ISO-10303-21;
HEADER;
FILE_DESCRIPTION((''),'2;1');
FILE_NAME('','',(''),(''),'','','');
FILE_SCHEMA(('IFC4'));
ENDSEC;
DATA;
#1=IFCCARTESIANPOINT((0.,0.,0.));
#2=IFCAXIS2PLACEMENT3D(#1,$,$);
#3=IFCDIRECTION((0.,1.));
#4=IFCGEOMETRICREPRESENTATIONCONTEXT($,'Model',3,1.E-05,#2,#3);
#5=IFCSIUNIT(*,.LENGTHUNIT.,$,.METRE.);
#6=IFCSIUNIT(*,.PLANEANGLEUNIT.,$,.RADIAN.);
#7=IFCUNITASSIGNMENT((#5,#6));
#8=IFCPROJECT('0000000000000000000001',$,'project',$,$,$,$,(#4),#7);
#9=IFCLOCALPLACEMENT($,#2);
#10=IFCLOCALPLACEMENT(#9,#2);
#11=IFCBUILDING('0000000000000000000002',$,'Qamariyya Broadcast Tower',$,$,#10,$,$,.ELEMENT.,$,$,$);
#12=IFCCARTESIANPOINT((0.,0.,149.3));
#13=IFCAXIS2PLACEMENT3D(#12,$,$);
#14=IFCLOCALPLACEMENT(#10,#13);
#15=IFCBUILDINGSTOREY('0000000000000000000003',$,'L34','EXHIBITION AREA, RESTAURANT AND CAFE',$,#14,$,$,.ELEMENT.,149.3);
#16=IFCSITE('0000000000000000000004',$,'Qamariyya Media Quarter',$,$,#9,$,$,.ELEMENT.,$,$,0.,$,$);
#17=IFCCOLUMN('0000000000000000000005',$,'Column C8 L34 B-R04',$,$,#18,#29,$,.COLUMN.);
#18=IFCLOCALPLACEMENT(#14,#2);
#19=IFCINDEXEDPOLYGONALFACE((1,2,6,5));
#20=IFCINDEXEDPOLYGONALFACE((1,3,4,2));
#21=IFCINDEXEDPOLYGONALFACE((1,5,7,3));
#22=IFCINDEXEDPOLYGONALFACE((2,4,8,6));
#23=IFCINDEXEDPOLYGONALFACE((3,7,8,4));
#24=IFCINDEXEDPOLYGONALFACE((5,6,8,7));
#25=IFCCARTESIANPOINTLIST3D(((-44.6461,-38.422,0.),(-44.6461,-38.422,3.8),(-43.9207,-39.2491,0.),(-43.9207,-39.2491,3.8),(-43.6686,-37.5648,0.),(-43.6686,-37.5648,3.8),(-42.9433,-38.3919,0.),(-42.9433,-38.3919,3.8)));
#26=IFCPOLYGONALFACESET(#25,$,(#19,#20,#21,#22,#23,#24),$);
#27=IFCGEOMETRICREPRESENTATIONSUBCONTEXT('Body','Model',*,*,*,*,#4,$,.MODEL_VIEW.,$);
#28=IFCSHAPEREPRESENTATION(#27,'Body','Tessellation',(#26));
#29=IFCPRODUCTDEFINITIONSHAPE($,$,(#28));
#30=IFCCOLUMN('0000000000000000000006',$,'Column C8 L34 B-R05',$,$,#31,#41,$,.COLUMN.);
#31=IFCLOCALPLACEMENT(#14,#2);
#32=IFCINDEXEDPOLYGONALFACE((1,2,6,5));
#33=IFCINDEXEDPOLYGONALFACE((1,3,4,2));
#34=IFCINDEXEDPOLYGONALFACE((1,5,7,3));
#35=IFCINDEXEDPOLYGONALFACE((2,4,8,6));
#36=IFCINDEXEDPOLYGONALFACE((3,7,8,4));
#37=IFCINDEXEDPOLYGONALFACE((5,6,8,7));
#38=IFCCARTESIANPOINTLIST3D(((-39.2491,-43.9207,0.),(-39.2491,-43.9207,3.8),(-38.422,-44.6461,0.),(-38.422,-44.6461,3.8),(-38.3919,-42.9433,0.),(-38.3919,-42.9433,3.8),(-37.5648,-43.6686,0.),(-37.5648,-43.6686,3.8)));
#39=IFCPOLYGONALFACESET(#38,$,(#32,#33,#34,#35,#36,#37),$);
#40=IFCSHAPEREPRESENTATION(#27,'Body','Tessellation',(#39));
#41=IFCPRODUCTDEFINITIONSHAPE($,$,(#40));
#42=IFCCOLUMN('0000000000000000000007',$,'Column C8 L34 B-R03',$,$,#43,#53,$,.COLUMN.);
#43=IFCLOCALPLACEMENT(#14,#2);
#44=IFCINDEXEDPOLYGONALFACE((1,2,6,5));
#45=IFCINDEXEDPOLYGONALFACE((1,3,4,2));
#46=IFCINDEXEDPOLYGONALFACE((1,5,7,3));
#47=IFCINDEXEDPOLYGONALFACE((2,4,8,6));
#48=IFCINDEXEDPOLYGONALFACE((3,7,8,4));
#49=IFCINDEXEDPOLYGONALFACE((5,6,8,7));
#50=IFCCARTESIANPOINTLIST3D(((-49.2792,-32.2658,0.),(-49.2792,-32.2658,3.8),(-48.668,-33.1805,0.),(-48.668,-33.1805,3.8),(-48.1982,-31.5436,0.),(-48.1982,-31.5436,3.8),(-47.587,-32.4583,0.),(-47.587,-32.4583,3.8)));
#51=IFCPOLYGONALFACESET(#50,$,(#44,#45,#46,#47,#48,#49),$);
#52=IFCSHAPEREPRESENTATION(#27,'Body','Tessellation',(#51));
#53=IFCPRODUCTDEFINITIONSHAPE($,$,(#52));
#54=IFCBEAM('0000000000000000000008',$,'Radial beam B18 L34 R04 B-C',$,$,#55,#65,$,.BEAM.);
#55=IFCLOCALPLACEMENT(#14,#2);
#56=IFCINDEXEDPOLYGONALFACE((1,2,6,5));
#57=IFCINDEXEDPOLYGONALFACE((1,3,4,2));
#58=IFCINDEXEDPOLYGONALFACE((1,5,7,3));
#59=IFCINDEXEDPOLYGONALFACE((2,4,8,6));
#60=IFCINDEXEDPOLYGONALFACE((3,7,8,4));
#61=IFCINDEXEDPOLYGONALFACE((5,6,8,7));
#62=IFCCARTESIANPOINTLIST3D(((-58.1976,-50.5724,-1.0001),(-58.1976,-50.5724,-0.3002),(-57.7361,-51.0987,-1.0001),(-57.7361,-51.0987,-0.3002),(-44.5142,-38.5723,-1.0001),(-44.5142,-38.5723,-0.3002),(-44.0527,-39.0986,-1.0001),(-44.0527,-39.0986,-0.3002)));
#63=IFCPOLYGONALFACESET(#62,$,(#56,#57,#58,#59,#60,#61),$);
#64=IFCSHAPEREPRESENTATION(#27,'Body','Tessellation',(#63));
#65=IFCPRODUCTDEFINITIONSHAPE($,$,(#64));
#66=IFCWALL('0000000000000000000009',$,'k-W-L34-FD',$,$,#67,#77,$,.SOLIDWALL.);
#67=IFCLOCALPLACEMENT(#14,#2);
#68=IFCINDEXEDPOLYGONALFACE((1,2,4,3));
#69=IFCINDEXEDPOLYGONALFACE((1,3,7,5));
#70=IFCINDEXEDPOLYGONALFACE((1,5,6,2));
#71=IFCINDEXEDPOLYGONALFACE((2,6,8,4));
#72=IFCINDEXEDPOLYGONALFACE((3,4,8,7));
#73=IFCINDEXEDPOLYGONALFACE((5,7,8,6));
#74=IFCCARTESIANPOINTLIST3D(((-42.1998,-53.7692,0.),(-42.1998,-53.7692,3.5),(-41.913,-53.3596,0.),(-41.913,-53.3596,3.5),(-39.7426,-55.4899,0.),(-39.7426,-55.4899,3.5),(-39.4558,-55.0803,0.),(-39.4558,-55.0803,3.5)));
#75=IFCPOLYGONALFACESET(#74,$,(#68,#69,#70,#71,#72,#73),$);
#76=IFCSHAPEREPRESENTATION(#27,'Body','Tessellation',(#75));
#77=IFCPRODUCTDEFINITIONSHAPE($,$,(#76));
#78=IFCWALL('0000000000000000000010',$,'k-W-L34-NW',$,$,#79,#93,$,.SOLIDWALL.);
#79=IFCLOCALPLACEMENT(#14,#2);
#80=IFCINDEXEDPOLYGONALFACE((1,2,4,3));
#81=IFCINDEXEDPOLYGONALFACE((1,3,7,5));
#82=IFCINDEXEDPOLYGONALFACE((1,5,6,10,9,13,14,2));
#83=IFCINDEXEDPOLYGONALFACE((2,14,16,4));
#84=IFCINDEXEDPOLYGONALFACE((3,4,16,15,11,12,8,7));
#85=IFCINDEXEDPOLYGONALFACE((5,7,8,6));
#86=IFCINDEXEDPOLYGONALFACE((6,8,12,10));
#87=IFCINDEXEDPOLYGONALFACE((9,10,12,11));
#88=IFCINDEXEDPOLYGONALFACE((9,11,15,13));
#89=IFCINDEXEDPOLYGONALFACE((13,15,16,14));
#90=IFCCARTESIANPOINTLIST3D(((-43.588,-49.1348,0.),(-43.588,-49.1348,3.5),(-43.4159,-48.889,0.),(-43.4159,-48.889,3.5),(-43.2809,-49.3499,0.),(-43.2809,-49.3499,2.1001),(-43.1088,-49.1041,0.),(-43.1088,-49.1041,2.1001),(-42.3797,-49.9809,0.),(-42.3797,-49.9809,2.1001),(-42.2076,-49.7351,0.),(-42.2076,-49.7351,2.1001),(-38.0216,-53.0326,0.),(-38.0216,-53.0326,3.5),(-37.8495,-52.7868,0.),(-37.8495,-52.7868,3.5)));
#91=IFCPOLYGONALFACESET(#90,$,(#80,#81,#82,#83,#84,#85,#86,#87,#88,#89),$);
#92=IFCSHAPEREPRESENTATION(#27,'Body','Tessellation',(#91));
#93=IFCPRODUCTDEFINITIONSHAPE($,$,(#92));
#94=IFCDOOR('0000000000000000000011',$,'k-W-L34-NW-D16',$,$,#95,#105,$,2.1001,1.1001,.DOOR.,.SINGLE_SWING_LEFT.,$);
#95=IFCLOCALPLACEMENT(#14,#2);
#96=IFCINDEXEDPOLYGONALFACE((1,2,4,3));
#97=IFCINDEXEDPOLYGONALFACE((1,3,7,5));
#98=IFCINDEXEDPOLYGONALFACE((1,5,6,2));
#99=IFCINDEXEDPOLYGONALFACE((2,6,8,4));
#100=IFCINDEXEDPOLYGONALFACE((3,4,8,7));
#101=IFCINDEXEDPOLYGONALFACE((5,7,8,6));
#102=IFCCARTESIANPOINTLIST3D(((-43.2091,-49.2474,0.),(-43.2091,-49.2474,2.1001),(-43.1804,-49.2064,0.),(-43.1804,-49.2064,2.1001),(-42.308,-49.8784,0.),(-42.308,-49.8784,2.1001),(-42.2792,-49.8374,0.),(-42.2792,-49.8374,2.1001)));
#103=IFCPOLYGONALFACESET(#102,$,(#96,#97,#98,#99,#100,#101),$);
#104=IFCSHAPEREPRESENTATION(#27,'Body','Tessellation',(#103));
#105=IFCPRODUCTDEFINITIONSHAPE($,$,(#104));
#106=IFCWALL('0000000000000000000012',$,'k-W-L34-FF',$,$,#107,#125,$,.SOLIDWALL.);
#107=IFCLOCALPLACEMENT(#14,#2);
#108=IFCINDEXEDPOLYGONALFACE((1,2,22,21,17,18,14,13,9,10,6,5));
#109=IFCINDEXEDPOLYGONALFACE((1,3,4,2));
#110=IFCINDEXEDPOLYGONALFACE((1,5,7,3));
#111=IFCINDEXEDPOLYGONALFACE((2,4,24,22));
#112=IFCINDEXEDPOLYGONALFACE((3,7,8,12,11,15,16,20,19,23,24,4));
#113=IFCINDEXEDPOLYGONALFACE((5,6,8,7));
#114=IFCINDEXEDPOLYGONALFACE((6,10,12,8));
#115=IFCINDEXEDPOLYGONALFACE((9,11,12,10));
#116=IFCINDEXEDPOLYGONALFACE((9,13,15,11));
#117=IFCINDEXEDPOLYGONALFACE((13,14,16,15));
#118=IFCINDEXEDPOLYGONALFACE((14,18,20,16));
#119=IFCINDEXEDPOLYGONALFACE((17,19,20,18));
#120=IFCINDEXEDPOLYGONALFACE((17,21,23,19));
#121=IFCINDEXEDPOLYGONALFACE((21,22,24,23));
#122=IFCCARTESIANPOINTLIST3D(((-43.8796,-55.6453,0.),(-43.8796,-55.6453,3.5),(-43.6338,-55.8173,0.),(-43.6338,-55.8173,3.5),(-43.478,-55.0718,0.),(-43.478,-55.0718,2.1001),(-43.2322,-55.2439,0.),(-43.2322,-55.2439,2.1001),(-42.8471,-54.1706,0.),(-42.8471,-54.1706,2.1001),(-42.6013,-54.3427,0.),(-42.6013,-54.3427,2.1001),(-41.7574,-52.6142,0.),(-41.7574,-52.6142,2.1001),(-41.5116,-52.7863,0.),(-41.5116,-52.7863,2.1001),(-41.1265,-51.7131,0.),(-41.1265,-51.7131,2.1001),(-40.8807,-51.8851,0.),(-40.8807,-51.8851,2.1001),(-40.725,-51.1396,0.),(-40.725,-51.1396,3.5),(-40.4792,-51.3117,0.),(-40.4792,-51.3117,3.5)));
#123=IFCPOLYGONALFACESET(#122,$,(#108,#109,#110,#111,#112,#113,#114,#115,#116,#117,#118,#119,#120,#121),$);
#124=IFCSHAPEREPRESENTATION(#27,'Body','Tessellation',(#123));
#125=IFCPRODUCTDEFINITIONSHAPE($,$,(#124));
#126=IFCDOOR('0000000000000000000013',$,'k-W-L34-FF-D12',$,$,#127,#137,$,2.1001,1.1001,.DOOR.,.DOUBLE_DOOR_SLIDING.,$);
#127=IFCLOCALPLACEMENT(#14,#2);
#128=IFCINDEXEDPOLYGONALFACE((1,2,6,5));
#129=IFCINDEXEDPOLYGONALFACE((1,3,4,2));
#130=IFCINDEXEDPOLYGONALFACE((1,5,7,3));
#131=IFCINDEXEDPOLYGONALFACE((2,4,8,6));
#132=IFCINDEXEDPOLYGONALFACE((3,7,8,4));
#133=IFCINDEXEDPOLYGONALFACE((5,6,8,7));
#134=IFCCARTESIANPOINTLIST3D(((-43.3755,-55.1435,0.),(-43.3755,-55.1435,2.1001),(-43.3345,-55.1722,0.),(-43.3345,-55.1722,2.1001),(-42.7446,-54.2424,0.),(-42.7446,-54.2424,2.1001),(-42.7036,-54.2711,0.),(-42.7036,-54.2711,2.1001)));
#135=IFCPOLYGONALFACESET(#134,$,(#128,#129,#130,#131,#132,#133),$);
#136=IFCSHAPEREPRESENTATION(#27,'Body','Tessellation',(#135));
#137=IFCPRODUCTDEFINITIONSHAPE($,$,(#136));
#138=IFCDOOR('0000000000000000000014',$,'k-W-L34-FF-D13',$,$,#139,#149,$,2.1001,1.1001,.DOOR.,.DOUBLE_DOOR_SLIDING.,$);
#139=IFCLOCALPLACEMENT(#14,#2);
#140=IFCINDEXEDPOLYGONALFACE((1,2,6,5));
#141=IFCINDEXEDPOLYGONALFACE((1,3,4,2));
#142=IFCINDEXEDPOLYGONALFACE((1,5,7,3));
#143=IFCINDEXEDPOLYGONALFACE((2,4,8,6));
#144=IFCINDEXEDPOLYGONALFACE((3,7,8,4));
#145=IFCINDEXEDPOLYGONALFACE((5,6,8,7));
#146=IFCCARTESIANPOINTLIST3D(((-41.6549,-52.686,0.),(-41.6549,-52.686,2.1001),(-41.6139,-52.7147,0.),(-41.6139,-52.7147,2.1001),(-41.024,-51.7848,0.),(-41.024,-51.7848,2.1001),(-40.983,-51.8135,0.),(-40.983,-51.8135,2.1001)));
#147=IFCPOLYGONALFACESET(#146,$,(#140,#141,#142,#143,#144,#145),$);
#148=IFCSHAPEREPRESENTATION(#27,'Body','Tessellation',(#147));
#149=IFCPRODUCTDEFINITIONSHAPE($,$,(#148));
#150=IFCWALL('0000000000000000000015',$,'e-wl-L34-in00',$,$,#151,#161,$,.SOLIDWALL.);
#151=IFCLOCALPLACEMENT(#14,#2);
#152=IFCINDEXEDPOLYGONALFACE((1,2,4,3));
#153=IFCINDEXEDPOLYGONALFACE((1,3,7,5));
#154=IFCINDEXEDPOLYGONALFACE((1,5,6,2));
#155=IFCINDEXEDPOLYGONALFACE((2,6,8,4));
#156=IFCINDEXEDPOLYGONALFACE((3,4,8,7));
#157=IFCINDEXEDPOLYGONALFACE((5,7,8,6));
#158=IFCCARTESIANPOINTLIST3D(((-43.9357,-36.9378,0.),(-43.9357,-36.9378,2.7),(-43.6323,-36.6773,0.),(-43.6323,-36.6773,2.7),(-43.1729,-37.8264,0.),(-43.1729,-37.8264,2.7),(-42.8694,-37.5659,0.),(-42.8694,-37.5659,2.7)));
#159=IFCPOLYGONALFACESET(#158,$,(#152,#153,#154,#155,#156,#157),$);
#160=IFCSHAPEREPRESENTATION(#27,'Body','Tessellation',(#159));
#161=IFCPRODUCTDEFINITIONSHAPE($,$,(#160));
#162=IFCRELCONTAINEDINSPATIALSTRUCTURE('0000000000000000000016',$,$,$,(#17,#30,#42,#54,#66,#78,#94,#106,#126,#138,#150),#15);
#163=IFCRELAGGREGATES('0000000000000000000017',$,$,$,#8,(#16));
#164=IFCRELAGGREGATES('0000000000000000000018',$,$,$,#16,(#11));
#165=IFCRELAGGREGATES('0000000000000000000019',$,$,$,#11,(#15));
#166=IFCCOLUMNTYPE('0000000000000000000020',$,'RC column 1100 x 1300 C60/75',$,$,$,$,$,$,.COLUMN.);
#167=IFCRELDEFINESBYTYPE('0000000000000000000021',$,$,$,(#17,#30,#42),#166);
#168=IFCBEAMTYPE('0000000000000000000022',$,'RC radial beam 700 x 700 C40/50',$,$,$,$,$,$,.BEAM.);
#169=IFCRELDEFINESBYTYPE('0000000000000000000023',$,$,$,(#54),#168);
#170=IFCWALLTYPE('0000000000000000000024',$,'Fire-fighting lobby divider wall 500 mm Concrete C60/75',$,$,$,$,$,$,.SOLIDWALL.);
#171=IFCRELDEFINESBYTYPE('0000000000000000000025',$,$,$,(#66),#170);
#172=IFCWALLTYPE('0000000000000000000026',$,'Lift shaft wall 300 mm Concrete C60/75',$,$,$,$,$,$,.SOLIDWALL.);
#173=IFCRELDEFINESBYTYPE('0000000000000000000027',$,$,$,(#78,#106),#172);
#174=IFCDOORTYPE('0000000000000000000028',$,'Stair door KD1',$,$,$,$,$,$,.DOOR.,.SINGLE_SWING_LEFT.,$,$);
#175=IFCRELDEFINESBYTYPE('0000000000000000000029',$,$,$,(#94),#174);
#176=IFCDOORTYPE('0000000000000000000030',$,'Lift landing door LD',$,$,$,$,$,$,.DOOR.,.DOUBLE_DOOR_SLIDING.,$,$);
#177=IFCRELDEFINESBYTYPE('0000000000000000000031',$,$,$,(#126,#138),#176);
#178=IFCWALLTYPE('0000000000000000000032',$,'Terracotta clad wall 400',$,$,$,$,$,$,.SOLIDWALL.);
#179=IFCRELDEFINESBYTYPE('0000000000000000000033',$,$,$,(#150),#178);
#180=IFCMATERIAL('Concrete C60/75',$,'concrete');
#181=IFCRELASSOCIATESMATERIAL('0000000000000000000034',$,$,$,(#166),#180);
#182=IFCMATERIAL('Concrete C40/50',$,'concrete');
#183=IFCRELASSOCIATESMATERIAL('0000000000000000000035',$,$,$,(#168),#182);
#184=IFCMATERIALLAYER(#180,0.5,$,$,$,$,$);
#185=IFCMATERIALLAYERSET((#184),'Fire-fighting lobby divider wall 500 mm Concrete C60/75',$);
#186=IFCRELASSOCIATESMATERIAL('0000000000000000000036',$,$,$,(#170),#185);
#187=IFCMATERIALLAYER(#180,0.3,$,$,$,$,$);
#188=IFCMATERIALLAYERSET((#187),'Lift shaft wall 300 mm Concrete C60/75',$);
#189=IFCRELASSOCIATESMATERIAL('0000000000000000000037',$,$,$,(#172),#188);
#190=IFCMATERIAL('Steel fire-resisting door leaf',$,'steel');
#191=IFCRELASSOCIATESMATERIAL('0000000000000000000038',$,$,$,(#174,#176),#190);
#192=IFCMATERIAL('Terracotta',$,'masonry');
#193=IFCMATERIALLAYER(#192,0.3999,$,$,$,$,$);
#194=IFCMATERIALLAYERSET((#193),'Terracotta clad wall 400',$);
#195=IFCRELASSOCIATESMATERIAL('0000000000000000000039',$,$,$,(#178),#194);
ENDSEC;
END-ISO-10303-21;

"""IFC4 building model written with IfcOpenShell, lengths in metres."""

from ifc_helpers import new_model, si_unit, direction, frame, frame_2d, origin, origin_2d, place, context, subcontext, project, spatial, rectangle, extrude, material, layer, layer_set, material_profile, profile_set, type_object, element, fill, save


model = new_model("IFC4")

# Units and contexts
model_context = context("Model", 3, precision=1e-05, world=origin(), true_north=direction((0.0, 1.0)))
body_context = subcontext(model_context, "Body", "Model", "MODEL_VIEW")
ifc_project = project(units=[si_unit("LENGTHUNIT", "METRE"), si_unit("PLANEANGLEUNIT", "RADIAN")], contexts=[model_context])

# Site, building, storey
site_placement = place(None, origin())
site = spatial("IfcSite", under=ifc_project, at=site_placement, Name="Qamariyya Media Quarter", CompositionType="ELEMENT", RefElevation=0.0)
building_placement = place(site_placement, origin())
building = spatial("IfcBuilding", under=site, at=building_placement, Name="Qamariyya Broadcast Tower", CompositionType="ELEMENT")
storey_placement = place(building_placement, frame((0.0, 0.0, 149.3)))
storey = spatial("IfcBuildingStorey", under=building, at=storey_placement, Name="L34", Description="EXHIBITION AREA, RESTAURANT AND CAFE", CompositionType="ELEMENT", Elevation=149.3)

# Columns
ifc_material_1 = material(Name="Concrete C60/75", Category="concrete")
ifc_material_profile_1 = material_profile(ifc_material_1, rectangle(XDim=1.1001, YDim=1.3, at=origin_2d()))
ifc_profile_set_1 = profile_set([ifc_material_profile_1], Name="Concrete C60/75")
column_type = type_object("IfcColumnType", Name="RC column 1100 x 1300 C60/75", PredefinedType="COLUMN", material=ifc_profile_set_1)
for number, where, z_axis, x_axis, name in (
    (1, (-43.7947, -38.407, 0.0), (0.0, 0.0, 1.0), (0.659346, -0.75184, 0.0), "Column C8 L34 B-R04"),
    (2, (-38.407, -43.7947, 0.0), (0.0, 0.0, 1.0), (0.75184, -0.659346, 0.0), "Column C8 L34 B-R05"),
    (3, (-48.4331, -32.3621, 0.0), (0.0, 0.0, 1.0), (0.55557, -0.83147, 0.0), "Column C8 L34 B-R03"),
):
    element("IfcColumn", number, at=place(storey_placement, frame(where, z_axis=z_axis, x_axis=x_axis)), inside=storey, type_object=column_type, Name=name, PredefinedType="COLUMN", context=body_context, shape_type="SweptSolid", body=[
        extrude(rectangle(XDim=1.1001, YDim=1.3, at=origin_2d()), origin(), (0.0, 0.0, 1.0), 3.8),
    ])

# Beam
ifc_material_2 = material(Name="Concrete C40/50", Category="concrete")
ifc_material_profile_2 = material_profile(ifc_material_2, rectangle(XDim=0.7, YDim=0.7, at=origin_2d()))
ifc_profile_set_2 = profile_set([ifc_material_profile_2], Name="Concrete C40/50")
beam_type = type_object("IfcBeamType", Name="RC radial beam 700 x 700 C40/50", PredefinedType="BEAM", material=ifc_profile_set_2)
beam_placement = place(storey_placement, frame((-44.2834, -38.8354, -0.6501), z_axis=(-0.751839, -0.659347, 0.0), x_axis=(0.659347, -0.751839, 0.0)))
element("IfcBeam", 4, at=beam_placement, inside=storey, type_object=beam_type, Name="Radial beam B18 L34 R04 B-C", PredefinedType="BEAM", context=body_context, shape_type="SweptSolid", body=[
    extrude(rectangle(XDim=0.7, YDim=0.7, at=origin_2d()), origin(), (0.0, 0.0, 1.0), 18.2),
])

# Wall
ifc_layer_1 = layer(ifc_material_1, 0.5)
ifc_layer_set_1 = layer_set([ifc_layer_1], Name="Fire-fighting lobby divider wall 500 mm Concrete C60/75")
wall_type_1 = type_object("IfcWallType", Name="Fire-fighting lobby divider wall 500 mm Concrete C60/75", PredefinedType="SOLIDWALL", material=ifc_layer_set_1)
wall_1_placement = place(storey_placement, frame((-39.5991, -55.2852, 0.0), z_axis=(0.0, 0.0, 1.0), x_axis=(-0.819136, 0.573599, 0.0)))
element("IfcWall", 5, at=wall_1_placement, inside=storey, type_object=wall_type_1, Name="k-W-L34-FD", PredefinedType="SOLIDWALL", context=body_context, shape_type="SweptSolid", body=[
    extrude(rectangle(XDim=2.9998, YDim=0.5, at=frame_2d((1.5, 0.0))), origin(), (0.0, 0.0, 1.0), 3.5),
])

# Wall, opening, door
ifc_layer_2 = layer(ifc_material_1, 0.3)
ifc_layer_set_2 = layer_set([ifc_layer_2], Name="Lift shaft wall 300 mm Concrete C60/75")
wall_type_2 = type_object("IfcWallType", Name="Lift shaft wall 300 mm Concrete C60/75", PredefinedType="SOLIDWALL", material=ifc_layer_set_2)
wall_2_placement = place(storey_placement, frame((-37.9355, -52.9097, 0.0), z_axis=(0.0, 0.0, 1.0), x_axis=(-0.819148, 0.573583, 0.0)))
wall_2 = element("IfcWall", 6, at=wall_2_placement, inside=storey, type_object=wall_type_2, Name="k-W-L34-NW", PredefinedType="SOLIDWALL", context=body_context, shape_type="SweptSolid", body=[
    extrude(rectangle(XDim=6.7954, YDim=0.3, at=frame_2d((3.3977, 0.0))), origin(), (0.0, 0.0, 1.0), 3.5),
])
opening_1_placement = place(wall_2_placement, frame((5.3203, 0.0, 0.0)))
opening_1 = element("IfcOpeningElement", 7, at=opening_1_placement, cuts=wall_2, PredefinedType="OPENING", context=body_context, shape_type="SweptSolid", body=[
    extrude(rectangle(XDim=1.1001, YDim=2.1001, at=frame_2d((0.55, 1.05))), frame((0.0, 0.1599, 0.0), z_axis=(0.0, -1.0, 0.0), x_axis=(1.0, 0.0, 0.0)), (0.0, 0.0, 1.0), 0.3201),
])
ifc_material_3 = material(Name="Steel fire-resisting door leaf", Category="steel")
door_type_1 = type_object("IfcDoorType", Name="Stair door KD1", OperationType="SINGLE_SWING_LEFT", PredefinedType="DOOR", material=ifc_material_3)
door_1_placement = place(opening_1_placement, origin())
door_1 = element("IfcDoor", 8, at=door_1_placement, inside=storey, type_object=door_type_1, Name="k-W-L34-NW-D16", OperationType="SINGLE_SWING_LEFT", OverallHeight=2.1001, OverallWidth=1.1001, PredefinedType="DOOR", context=body_context, shape_type="SweptSolid", body=[
    extrude(rectangle(XDim=1.1001, YDim=2.1001, at=frame_2d((0.55, 1.05))), frame((0.0, 0.0249, 0.0), z_axis=(0.0, -1.0, 0.0), x_axis=(1.0, 0.0, 0.0)), (0.0, 0.0, 1.0), 0.05),
])
fill(opening_1, door_1)

# Wall, openings, doors
wall_3_placement = place(storey_placement, frame((-43.7566, -55.7312, 0.0), z_axis=(0.0, 0.0, 1.0), x_axis=(0.573537, 0.81918, 0.0)))
wall_3 = element("IfcWall", 9, at=wall_3_placement, inside=storey, type_object=wall_type_2, Name="k-W-L34-FF", PredefinedType="SOLIDWALL", context=body_context, shape_type="SweptSolid", body=[
    extrude(rectangle(XDim=5.5002, YDim=0.3, at=frame_2d((2.75, 0.0))), origin(), (0.0, 0.0, 1.0), 3.5),
])
opening_2_placement = place(wall_3_placement, frame((0.7, 0.0, 0.0)))
opening_2 = element("IfcOpeningElement", 10, at=opening_2_placement, cuts=wall_3, PredefinedType="OPENING", context=body_context, shape_type="SweptSolid", body=[
    extrude(rectangle(XDim=1.1001, YDim=2.1001, at=frame_2d((0.55, 1.05))), frame((0.0, 0.1599, 0.0), z_axis=(0.0, -1.0, 0.0), x_axis=(1.0, 0.0, 0.0)), (0.0, 0.0, 1.0), 0.3201),
])
opening_3_placement = place(wall_3_placement, frame((3.7, 0.0, 0.0)))
opening_3 = element("IfcOpeningElement", 11, at=opening_3_placement, cuts=wall_3, PredefinedType="OPENING", context=body_context, shape_type="SweptSolid", body=[
    extrude(rectangle(XDim=1.1001, YDim=2.1001, at=frame_2d((0.55, 1.05))), frame((0.0, 0.1599, 0.0), z_axis=(0.0, -1.0, 0.0), x_axis=(1.0, 0.0, 0.0)), (0.0, 0.0, 1.0), 0.3201),
])
door_type_2 = type_object("IfcDoorType", Name="Lift landing door LD", OperationType="DOUBLE_DOOR_SLIDING", PredefinedType="DOOR", material=ifc_material_3)
door_2_placement = place(opening_2_placement, origin())
door_2 = element("IfcDoor", 12, at=door_2_placement, inside=storey, type_object=door_type_2, Name="k-W-L34-FF-D12", OperationType="DOUBLE_DOOR_SLIDING", OverallHeight=2.1001, OverallWidth=1.1001, PredefinedType="DOOR", context=body_context, shape_type="SweptSolid", body=[
    extrude(rectangle(XDim=1.1001, YDim=2.1001, at=frame_2d((0.55, 1.05))), frame((0.0, 0.0249, 0.0), z_axis=(0.0, -1.0, 0.0), x_axis=(1.0, 0.0, 0.0)), (0.0, 0.0, 1.0), 0.05),
])
fill(opening_2, door_2)
door_3_placement = place(opening_3_placement, origin())
door_3 = element("IfcDoor", 13, at=door_3_placement, inside=storey, type_object=door_type_2, Name="k-W-L34-FF-D13", OperationType="DOUBLE_DOOR_SLIDING", OverallHeight=2.1001, OverallWidth=1.1001, PredefinedType="DOOR", context=body_context, shape_type="SweptSolid", body=[
    extrude(rectangle(XDim=1.1001, YDim=2.1001, at=frame_2d((0.55, 1.05))), frame((0.0, 0.0249, 0.0), z_axis=(0.0, -1.0, 0.0), x_axis=(1.0, 0.0, 0.0)), (0.0, 0.0, 1.0), 0.05),
])
fill(opening_3, door_3)

# Wall
ifc_material_4 = material(Name="Terracotta", Category="masonry")
ifc_layer_3 = layer(ifc_material_4, 0.3999)
ifc_layer_set_3 = layer_set([ifc_layer_3], Name="Terracotta clad wall 400")
wall_type_3 = type_object("IfcWallType", Name="Terracotta clad wall 400", PredefinedType="SOLIDWALL", material=ifc_layer_set_3)
wall_4_placement = place(storey_placement, frame((-43.0212, -37.696, 0.0), z_axis=(0.0, 0.0, 1.0), x_axis=(-0.651392, 0.758741, 0.0)))
element("IfcWall", 14, at=wall_4_placement, inside=storey, type_object=wall_type_3, Name="e-wl-L34-in00", PredefinedType="SOLIDWALL", context=body_context, shape_type="SweptSolid", body=[
    extrude(rectangle(XDim=1.1711, YDim=0.3999, at=frame_2d((0.5854, 0.0))), origin(), (0.0, 0.0, 1.0), 2.7),
])

save(model, "model.ifc")
